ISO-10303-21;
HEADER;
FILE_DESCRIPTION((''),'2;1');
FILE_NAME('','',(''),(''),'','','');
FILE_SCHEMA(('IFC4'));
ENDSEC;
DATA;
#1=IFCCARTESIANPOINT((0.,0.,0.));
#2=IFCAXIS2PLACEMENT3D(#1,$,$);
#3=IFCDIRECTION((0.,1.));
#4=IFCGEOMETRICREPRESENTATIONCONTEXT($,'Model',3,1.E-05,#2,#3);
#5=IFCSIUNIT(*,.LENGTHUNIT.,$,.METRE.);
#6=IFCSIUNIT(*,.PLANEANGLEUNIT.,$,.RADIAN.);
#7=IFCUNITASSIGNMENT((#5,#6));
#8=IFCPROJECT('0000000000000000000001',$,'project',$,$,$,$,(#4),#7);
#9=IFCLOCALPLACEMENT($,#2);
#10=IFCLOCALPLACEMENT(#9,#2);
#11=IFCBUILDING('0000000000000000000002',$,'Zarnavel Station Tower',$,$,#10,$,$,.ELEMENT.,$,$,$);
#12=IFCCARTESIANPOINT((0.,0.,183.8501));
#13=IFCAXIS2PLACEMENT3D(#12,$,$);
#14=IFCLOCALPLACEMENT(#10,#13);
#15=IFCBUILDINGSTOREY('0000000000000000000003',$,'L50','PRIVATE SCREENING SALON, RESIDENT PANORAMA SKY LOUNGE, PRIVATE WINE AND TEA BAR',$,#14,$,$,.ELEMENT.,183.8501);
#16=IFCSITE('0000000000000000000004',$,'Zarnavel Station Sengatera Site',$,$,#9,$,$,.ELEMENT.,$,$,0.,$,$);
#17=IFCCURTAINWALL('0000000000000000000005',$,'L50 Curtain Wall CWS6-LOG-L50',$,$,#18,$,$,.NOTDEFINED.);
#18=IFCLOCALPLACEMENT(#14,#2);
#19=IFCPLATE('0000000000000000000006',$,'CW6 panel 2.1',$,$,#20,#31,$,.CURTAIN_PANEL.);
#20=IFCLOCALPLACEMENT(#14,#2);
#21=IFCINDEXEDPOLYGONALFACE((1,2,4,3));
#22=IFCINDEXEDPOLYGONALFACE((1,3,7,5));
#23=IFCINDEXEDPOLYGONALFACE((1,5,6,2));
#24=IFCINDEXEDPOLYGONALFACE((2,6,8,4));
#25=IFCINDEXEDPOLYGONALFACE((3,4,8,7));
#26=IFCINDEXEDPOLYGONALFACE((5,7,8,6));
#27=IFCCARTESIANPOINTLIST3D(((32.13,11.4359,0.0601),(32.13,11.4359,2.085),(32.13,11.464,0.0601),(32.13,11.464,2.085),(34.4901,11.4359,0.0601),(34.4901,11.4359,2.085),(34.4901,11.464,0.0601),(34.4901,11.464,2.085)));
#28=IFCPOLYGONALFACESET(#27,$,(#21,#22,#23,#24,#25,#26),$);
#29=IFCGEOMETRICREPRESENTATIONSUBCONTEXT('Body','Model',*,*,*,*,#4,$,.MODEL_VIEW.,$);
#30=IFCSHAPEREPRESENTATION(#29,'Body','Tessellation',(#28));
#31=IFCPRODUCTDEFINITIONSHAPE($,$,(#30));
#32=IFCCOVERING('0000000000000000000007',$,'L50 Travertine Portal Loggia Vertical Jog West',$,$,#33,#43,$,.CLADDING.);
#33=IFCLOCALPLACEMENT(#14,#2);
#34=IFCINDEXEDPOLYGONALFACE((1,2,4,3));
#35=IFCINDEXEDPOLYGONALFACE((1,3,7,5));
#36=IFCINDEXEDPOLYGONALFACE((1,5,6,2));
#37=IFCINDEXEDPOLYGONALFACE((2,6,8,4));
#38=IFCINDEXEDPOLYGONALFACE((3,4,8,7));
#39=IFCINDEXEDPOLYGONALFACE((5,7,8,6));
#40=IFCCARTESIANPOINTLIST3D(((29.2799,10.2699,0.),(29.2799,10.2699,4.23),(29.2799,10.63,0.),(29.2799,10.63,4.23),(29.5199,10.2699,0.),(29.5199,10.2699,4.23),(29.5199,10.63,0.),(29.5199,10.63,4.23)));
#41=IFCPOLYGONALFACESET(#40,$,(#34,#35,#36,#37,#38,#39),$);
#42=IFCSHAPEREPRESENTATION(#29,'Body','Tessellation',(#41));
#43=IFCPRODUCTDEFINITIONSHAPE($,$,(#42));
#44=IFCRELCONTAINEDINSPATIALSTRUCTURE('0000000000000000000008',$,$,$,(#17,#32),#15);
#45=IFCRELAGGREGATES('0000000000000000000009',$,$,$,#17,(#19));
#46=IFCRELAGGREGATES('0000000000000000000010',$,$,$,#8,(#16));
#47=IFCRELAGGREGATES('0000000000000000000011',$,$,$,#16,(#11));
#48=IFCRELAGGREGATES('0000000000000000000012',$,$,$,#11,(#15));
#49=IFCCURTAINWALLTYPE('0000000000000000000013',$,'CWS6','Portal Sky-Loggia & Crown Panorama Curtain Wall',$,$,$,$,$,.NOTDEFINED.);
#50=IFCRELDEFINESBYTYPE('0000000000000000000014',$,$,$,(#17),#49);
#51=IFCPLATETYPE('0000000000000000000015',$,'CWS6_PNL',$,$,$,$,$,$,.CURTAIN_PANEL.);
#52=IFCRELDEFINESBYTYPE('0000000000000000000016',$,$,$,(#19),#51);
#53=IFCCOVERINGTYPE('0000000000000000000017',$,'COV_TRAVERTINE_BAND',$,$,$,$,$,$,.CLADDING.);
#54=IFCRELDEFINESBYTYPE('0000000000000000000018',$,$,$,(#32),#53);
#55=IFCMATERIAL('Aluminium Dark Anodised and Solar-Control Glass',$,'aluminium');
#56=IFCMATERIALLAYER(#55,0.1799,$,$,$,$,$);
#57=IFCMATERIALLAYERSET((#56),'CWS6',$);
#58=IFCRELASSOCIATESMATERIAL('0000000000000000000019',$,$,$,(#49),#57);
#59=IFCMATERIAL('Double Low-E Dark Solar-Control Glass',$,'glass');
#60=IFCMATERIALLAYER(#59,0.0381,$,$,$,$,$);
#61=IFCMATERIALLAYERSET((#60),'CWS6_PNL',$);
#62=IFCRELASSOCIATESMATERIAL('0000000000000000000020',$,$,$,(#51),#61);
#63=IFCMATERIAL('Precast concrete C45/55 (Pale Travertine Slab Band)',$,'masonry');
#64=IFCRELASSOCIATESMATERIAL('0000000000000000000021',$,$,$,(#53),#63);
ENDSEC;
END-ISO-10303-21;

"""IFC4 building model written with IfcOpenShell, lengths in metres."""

from ifc_helpers import new_model, si_unit, direction, frame, origin, origin_2d, place, context, subcontext, project, spatial, rectangle, extrude, material, layer, layer_set, type_object, element, aggregate, save


model = new_model("IFC4")

# Units and contexts
model_context = context("Model", 3, precision=1e-05, world=origin(), true_north=direction((0.0, 1.0)))
body_context = subcontext(model_context, "Body", "Model", "MODEL_VIEW")
ifc_project = project(units=[si_unit("LENGTHUNIT", "METRE"), si_unit("PLANEANGLEUNIT", "RADIAN")], contexts=[model_context])

# Site, building, storey
site_placement = place(None, origin())
site = spatial("IfcSite", under=ifc_project, at=site_placement, Name="Zarnavel Station Sengatera Site", CompositionType="ELEMENT", RefElevation=0.0)
building_placement = place(site_placement, origin())
building = spatial("IfcBuilding", under=site, at=building_placement, Name="Zarnavel Station Tower", CompositionType="ELEMENT")
storey_placement = place(building_placement, frame((0.0, 0.0, 183.8501)))
storey = spatial("IfcBuildingStorey", under=building, at=storey_placement, Name="L50", Description="PRIVATE SCREENING SALON, RESIDENT PANORAMA SKY LOUNGE, PRIVATE WINE AND TEA BAR", CompositionType="ELEMENT", Elevation=183.8501)

# Curtain wall
ifc_material_1 = material(Name="Aluminium Dark Anodised and Solar-Control Glass", Category="aluminium")
ifc_layer_1 = layer(ifc_material_1, 0.1799)
ifc_layer_set_1 = layer_set([ifc_layer_1], Name="CWS6")
curtain_wall_type_1 = type_object("IfcCurtainWallType", Name="CWS6", Description="Portal Sky-Loggia & Crown Panorama Curtain Wall", PredefinedType="NOTDEFINED", material=ifc_layer_set_1)
curtain_wall_1_placement = place(storey_placement, origin())
curtain_wall_1 = element("IfcCurtainWall", 1, at=curtain_wall_1_placement, inside=storey, type_object=curtain_wall_type_1, Name="L50 Curtain Wall CWS6-LOG-L50", PredefinedType="NOTDEFINED")

# Plate
ifc_material_2 = material(Name="Double Low-E Dark Solar-Control Glass", Category="glass")
ifc_layer_2 = layer(ifc_material_2, 0.0381)
ifc_layer_set_2 = layer_set([ifc_layer_2], Name="CWS6_PNL")
plate_type_1 = type_object("IfcPlateType", Name="CWS6_PNL", PredefinedType="CURTAIN_PANEL", material=ifc_layer_set_2)
plate_1_placement = place(storey_placement, frame((33.3101, 11.45, 0.0601), z_axis=(0.0, 0.0, 1.0), x_axis=(1.0, 0.0, 0.0)))
plate_1 = element("IfcPlate", 2, at=plate_1_placement, type_object=plate_type_1, Name="CW6 panel 2.1", PredefinedType="CURTAIN_PANEL", context=body_context, shape_type="SweptSolid", body=[
    extrude(rectangle(XDim=2.3601, YDim=0.0281, at=origin_2d()), origin(), (0.0, 0.0, 1.0), 2.0249),
])
aggregate(curtain_wall_1, [plate_1])

# Covering
ifc_material_3 = material(Name="Precast concrete C45/55 (Pale Travertine Slab Band)", Category="masonry")
covering_type = type_object("IfcCoveringType", Name="COV_TRAVERTINE_BAND", PredefinedType="CLADDING", material=ifc_material_3)
covering_placement = place(storey_placement, frame((29.3999, 10.45, 0.0), z_axis=(0.0, 0.0, 1.0), x_axis=(1.0, 0.0, 0.0)))
element("IfcCovering", 3, at=covering_placement, inside=storey, type_object=covering_type, Name="L50 Travertine Portal Loggia Vertical Jog West", PredefinedType="CLADDING", context=body_context, shape_type="SweptSolid", body=[
    extrude(rectangle(XDim=0.24, YDim=0.3601, at=origin_2d()), origin(), (0.0, 0.0, 1.0), 4.23),
])

save(model, "model.ifc")
